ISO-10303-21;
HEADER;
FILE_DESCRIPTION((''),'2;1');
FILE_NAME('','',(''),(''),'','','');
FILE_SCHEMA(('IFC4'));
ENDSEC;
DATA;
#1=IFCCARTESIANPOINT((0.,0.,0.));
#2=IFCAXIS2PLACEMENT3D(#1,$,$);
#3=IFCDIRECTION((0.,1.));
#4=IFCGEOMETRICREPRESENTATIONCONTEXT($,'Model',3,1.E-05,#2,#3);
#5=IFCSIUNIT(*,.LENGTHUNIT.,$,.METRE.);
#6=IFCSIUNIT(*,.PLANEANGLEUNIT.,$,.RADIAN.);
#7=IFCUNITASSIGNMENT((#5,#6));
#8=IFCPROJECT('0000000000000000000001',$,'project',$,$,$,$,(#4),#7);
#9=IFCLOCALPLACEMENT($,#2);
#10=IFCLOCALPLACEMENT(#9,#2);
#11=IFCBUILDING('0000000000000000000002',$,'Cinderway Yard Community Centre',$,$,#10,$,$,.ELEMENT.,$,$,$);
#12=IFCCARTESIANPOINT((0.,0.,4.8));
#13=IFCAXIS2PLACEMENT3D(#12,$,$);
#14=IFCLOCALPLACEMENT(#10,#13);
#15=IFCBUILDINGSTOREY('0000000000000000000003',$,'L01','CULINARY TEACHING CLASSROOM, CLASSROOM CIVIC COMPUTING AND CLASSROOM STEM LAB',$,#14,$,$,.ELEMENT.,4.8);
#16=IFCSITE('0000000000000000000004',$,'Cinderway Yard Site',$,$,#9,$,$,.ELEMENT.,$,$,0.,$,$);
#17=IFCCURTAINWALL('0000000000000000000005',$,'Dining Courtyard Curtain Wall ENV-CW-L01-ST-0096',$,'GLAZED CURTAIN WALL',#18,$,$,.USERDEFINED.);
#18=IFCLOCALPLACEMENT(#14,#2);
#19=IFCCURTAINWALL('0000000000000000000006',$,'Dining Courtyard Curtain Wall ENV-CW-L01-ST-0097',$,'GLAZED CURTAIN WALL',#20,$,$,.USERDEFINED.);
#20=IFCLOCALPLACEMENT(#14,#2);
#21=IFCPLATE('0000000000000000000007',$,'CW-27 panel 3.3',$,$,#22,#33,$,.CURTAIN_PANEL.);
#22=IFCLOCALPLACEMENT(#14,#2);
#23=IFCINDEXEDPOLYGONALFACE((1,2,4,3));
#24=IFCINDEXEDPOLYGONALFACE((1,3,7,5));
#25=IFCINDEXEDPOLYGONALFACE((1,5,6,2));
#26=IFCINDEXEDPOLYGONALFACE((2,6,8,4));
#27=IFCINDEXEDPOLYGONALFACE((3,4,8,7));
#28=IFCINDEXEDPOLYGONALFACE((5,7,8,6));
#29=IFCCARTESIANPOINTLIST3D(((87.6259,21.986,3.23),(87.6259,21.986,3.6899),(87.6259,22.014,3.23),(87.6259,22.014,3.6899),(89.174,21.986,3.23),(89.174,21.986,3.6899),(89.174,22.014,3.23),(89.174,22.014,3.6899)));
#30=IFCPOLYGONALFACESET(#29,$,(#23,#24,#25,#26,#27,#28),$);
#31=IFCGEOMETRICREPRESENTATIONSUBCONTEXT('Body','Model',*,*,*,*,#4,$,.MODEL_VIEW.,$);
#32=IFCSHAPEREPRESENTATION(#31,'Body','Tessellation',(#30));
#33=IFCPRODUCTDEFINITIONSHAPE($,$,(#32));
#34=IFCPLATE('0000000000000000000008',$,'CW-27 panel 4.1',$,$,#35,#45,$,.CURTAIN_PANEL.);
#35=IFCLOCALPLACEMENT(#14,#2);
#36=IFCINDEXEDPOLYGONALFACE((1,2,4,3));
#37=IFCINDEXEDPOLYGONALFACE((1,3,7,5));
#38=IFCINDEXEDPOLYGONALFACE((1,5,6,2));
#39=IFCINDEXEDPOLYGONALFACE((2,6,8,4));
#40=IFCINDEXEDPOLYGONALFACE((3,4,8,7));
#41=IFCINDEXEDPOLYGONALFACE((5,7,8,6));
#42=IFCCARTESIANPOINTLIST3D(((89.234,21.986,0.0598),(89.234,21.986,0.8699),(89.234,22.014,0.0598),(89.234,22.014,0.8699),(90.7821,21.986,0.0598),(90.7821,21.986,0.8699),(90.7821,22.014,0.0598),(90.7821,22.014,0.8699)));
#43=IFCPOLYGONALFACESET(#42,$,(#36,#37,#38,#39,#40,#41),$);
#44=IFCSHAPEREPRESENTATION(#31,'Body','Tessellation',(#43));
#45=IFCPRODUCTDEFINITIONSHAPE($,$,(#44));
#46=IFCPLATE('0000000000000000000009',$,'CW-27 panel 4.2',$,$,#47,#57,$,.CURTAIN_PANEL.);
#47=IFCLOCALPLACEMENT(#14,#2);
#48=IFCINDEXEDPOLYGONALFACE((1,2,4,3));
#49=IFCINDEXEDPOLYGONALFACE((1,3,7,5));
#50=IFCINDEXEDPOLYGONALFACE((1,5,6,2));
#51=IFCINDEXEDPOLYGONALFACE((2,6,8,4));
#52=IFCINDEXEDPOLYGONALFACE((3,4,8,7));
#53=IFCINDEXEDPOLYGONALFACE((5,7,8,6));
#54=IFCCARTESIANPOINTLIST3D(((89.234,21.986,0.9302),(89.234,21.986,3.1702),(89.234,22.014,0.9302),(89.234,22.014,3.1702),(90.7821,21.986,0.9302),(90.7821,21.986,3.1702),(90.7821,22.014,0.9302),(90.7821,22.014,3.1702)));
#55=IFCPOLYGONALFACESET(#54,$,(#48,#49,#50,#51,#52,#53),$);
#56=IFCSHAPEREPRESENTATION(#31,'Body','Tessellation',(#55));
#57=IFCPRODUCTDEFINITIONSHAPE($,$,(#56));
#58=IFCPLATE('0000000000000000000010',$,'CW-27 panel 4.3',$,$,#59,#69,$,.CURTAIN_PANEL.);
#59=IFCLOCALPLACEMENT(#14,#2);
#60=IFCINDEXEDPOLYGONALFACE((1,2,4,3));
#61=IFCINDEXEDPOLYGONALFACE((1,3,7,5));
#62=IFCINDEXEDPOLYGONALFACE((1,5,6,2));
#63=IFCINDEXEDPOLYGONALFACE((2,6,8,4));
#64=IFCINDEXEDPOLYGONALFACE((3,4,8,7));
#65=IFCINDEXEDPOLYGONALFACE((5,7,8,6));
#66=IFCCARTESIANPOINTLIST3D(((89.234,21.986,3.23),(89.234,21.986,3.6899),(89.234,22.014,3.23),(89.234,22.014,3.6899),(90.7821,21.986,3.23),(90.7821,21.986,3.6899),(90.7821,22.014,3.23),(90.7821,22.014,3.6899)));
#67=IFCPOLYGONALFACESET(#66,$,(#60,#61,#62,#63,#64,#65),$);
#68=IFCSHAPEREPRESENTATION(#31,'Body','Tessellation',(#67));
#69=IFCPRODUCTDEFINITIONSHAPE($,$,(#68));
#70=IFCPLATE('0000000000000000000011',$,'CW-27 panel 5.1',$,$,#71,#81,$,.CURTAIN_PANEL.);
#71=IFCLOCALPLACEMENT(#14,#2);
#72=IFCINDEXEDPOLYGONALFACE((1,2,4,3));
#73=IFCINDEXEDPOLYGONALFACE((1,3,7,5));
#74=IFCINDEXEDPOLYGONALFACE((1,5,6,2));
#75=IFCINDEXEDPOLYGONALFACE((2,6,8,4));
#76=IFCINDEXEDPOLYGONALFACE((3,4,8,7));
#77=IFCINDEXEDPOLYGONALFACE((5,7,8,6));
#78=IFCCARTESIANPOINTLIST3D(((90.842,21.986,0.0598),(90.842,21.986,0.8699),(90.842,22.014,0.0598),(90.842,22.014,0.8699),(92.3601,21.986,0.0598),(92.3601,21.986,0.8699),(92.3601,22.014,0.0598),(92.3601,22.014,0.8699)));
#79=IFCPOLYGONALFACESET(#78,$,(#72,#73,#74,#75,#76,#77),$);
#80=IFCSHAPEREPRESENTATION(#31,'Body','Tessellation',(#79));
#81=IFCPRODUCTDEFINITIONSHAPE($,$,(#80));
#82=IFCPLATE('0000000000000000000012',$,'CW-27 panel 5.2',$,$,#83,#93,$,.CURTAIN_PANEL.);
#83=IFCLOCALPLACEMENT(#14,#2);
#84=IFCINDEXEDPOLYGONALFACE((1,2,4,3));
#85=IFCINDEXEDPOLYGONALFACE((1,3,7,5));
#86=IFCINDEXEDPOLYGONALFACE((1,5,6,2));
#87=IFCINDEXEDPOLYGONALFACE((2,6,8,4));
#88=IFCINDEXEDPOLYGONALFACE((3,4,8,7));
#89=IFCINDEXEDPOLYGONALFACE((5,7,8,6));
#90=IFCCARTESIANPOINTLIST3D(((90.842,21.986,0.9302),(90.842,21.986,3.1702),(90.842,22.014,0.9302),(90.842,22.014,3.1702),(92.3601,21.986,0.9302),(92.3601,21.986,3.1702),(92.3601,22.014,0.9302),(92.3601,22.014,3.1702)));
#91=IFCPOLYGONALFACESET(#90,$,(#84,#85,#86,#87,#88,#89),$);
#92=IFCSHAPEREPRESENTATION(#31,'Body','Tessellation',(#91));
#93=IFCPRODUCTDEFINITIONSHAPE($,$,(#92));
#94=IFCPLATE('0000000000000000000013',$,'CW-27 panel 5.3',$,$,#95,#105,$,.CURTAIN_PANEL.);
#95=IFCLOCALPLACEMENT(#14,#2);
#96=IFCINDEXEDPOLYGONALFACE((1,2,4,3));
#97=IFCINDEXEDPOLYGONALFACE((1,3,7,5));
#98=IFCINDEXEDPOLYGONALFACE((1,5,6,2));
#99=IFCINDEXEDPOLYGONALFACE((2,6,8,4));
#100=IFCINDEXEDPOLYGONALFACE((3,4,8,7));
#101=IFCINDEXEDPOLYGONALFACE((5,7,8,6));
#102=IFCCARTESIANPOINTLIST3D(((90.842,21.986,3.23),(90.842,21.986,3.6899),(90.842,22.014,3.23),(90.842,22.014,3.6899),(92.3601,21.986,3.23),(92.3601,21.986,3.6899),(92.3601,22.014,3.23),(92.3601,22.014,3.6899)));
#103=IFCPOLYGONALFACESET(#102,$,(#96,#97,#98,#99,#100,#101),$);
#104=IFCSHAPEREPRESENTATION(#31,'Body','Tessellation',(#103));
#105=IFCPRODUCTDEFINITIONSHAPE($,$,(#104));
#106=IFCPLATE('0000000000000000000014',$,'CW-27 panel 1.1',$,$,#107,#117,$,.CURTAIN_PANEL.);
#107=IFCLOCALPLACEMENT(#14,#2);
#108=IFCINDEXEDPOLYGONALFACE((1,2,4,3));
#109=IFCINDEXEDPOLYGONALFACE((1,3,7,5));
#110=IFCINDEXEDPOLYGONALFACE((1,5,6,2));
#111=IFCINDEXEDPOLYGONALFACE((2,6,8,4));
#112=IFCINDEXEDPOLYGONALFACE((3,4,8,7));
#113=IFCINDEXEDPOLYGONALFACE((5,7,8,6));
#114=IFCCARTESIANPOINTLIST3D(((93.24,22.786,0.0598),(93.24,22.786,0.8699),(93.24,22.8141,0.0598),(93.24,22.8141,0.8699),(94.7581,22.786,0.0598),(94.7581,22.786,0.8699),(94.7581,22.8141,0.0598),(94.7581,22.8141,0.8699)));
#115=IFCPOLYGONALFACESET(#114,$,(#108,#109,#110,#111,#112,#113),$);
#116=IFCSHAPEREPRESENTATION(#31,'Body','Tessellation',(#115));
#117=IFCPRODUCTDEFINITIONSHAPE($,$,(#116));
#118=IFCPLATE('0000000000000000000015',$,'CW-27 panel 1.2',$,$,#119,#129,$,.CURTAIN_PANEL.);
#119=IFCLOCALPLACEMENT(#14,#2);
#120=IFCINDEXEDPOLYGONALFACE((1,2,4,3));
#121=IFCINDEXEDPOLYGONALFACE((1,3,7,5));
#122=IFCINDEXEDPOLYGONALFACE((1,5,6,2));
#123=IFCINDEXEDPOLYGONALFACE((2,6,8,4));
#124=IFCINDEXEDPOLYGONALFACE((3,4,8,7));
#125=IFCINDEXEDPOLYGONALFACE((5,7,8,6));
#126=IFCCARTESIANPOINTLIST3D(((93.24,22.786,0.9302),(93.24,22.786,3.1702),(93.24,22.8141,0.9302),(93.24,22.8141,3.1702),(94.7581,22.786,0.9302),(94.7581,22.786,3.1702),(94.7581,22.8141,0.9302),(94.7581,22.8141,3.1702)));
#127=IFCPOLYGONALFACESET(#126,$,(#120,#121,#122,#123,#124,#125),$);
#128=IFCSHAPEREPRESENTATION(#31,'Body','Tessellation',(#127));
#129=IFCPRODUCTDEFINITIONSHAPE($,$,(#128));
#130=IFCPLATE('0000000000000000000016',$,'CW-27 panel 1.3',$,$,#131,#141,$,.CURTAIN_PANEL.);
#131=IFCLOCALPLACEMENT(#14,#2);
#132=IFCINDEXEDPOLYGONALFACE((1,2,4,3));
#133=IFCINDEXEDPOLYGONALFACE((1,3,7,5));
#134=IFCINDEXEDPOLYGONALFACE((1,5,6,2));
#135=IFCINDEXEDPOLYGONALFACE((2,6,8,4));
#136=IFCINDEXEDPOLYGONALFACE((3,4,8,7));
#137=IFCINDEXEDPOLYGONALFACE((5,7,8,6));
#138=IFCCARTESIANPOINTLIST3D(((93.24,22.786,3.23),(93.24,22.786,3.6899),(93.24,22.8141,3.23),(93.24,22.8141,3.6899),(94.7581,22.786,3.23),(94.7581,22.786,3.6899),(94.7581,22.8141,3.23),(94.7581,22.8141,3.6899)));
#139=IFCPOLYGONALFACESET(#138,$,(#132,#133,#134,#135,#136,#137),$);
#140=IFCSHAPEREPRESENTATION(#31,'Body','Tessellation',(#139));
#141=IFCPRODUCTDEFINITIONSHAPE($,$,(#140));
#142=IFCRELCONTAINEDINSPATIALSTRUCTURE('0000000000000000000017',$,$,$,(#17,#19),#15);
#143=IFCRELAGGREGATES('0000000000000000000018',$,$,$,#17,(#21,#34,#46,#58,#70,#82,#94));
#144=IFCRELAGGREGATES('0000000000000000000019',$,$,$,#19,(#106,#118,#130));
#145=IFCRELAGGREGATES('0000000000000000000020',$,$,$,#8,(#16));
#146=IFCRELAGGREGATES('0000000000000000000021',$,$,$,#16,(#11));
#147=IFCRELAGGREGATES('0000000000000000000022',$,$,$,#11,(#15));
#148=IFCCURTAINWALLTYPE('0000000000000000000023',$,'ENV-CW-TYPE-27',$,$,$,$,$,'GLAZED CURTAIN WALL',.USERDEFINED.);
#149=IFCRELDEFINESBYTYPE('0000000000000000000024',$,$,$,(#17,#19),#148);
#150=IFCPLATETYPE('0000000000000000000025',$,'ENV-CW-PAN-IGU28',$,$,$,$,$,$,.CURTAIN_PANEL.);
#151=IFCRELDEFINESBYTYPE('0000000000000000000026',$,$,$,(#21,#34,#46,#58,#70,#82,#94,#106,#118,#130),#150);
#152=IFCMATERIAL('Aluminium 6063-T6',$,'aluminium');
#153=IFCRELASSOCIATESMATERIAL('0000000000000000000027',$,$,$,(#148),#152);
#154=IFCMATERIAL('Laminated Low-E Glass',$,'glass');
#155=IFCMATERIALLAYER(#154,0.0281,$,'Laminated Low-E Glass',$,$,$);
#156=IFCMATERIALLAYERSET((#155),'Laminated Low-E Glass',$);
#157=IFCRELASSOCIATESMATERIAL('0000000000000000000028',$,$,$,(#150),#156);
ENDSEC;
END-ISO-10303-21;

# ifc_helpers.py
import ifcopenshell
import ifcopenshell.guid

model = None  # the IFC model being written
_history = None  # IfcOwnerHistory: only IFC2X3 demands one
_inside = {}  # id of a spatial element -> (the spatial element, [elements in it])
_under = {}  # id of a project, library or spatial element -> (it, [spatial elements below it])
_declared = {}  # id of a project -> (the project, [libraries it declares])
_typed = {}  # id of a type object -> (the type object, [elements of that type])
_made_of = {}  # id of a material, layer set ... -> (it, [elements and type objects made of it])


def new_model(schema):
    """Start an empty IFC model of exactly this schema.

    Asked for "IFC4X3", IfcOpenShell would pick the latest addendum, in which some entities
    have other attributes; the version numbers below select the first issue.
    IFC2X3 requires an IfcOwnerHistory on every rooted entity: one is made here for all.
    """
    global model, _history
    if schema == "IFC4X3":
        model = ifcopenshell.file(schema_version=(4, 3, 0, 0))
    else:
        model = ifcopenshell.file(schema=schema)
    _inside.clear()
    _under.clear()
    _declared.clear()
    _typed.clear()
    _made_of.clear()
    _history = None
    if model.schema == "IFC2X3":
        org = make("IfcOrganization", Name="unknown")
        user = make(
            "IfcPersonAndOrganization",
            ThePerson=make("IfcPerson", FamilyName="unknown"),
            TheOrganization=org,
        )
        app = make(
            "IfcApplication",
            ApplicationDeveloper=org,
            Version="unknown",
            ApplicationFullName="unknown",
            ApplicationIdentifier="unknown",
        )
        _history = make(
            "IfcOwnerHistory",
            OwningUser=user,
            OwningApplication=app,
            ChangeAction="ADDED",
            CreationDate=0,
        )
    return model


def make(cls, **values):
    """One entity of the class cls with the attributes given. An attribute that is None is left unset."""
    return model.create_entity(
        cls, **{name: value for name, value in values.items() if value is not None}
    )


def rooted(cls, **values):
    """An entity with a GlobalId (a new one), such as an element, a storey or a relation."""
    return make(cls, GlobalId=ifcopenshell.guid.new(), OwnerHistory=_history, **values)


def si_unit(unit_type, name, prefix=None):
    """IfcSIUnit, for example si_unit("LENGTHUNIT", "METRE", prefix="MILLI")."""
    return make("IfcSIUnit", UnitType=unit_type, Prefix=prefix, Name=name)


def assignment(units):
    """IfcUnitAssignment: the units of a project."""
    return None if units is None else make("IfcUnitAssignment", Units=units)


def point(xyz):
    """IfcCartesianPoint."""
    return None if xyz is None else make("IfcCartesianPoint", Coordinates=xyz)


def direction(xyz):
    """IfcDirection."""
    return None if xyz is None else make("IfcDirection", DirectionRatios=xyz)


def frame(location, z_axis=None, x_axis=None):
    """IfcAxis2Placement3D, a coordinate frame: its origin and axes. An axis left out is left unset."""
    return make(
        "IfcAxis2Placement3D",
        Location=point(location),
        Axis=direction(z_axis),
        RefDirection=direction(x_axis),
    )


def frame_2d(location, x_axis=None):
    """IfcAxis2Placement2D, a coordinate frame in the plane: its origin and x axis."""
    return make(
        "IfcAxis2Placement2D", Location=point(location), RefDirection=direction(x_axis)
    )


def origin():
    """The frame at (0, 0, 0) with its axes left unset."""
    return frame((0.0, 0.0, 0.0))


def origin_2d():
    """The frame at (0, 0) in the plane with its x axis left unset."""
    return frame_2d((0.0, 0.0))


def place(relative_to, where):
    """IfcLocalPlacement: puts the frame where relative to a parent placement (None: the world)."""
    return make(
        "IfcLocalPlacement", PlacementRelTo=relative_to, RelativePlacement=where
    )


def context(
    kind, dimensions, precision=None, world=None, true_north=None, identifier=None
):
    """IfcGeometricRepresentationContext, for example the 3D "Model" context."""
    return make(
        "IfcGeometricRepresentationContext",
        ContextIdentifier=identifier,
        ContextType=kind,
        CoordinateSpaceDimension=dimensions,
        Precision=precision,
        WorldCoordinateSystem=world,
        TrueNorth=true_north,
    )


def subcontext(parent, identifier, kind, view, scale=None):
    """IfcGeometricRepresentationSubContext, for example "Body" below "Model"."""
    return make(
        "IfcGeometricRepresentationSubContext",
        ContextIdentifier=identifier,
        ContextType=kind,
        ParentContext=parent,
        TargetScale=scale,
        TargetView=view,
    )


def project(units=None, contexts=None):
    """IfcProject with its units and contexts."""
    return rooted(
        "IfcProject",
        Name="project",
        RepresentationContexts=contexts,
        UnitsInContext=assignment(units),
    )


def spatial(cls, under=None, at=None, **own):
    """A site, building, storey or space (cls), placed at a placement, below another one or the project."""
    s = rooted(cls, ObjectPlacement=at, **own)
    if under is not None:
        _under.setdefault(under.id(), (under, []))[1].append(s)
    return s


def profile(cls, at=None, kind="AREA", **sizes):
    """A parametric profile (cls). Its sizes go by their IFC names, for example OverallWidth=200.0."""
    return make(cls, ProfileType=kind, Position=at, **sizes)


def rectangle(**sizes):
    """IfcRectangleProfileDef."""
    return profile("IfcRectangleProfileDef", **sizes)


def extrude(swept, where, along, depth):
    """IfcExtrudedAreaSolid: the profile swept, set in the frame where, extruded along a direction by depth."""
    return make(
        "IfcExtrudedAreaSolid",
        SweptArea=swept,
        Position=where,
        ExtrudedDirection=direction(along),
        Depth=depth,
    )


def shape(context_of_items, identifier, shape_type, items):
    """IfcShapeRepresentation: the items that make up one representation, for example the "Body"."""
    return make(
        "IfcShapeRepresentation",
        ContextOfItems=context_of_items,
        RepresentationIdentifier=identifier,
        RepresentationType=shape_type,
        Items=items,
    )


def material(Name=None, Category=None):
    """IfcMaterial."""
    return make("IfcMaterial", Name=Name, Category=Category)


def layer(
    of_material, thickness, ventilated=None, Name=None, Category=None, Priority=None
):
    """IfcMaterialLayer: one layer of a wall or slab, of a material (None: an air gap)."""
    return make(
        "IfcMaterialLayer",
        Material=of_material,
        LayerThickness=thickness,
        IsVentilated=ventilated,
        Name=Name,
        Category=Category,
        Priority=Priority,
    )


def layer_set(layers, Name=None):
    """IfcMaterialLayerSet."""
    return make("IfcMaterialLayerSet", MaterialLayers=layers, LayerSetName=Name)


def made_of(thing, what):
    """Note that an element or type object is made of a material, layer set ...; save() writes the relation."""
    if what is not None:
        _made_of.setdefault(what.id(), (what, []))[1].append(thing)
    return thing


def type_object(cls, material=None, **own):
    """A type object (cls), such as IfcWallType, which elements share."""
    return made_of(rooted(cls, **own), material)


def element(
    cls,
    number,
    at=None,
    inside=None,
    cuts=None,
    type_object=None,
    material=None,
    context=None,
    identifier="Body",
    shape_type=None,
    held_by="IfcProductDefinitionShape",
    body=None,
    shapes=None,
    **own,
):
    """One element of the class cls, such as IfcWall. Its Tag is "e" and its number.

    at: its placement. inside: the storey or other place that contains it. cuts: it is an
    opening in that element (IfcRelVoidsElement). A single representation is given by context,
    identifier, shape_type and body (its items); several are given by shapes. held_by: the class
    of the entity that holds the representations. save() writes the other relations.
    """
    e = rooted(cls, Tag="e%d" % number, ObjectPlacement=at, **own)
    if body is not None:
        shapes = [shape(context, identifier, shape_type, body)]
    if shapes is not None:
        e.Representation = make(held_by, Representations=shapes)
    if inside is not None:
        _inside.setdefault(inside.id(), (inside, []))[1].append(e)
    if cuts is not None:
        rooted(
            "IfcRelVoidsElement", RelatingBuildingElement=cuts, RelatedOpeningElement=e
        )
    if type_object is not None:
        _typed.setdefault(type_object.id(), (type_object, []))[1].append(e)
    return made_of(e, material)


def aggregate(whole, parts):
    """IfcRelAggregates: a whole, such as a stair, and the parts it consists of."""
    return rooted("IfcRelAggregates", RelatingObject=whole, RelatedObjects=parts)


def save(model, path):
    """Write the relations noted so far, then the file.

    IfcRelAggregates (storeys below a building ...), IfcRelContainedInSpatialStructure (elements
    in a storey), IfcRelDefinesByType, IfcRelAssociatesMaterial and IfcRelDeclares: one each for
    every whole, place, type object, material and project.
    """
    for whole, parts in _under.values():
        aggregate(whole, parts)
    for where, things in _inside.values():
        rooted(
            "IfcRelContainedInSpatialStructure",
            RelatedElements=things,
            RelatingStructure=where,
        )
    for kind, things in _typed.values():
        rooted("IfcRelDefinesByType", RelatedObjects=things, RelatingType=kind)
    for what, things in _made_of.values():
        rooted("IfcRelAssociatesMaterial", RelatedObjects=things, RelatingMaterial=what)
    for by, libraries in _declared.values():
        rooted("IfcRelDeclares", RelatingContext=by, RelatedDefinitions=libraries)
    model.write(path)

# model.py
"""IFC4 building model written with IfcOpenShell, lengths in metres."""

from ifc_helpers import new_model, si_unit, direction, frame, origin, origin_2d, place, context, subcontext, project, spatial, rectangle, extrude, material, layer, layer_set, type_object, element, aggregate, save


model = new_model("IFC4")

# Units and contexts
model_context = context("Model", 3, precision=1e-05, world=origin(), true_north=direction((0.0, 1.0)))
body_context = subcontext(model_context, "Body", "Model", "MODEL_VIEW")
ifc_project = project(units=[si_unit("LENGTHUNIT", "METRE"), si_unit("PLANEANGLEUNIT", "RADIAN")], contexts=[model_context])

# Site, building, storey
site_placement = place(None, origin())
site = spatial("IfcSite", under=ifc_project, at=site_placement, Name="Cinderway Yard Site", CompositionType="ELEMENT", RefElevation=0.0)
building_placement = place(site_placement, origin())
building = spatial("IfcBuilding", under=site, at=building_placement, Name="Cinderway Yard Community Centre", CompositionType="ELEMENT")
storey_placement = place(building_placement, frame((0.0, 0.0, 4.8)))
storey = spatial("IfcBuildingStorey", under=building, at=storey_placement, Name="L01", Description="CULINARY TEACHING CLASSROOM, CLASSROOM CIVIC COMPUTING AND CLASSROOM STEM LAB", CompositionType="ELEMENT", Elevation=4.8)

# Curtain wall
ifc_material_1 = material(Name="Aluminium 6063-T6", Category="aluminium")
curtain_wall_type = type_object("IfcCurtainWallType", Name="ENV-CW-TYPE-27", ElementType="GLAZED CURTAIN WALL", PredefinedType="USERDEFINED", material=ifc_material_1)
curtain_wall_1_placement = place(storey_placement, origin())
curtain_wall_1 = element("IfcCurtainWall", 1, at=curtain_wall_1_placement, inside=storey, type_object=curtain_wall_type, Name="Dining Courtyard Curtain Wall ENV-CW-L01-ST-0096", ObjectType="GLAZED CURTAIN WALL", PredefinedType="USERDEFINED")

# Curtain wall
curtain_wall_2_placement = place(storey_placement, origin())
curtain_wall_2 = element("IfcCurtainWall", 2, at=curtain_wall_2_placement, inside=storey, type_object=curtain_wall_type, Name="Dining Courtyard Curtain Wall ENV-CW-L01-ST-0097", ObjectType="GLAZED CURTAIN WALL", PredefinedType="USERDEFINED")

# Plates
ifc_material_2 = material(Name="Laminated Low-E Glass", Category="glass")
ifc_layer = layer(ifc_material_2, 0.0281, Name="Laminated Low-E Glass")
ifc_layer_set = layer_set([ifc_layer], Name="Laminated Low-E Glass")
plate_type = type_object("IfcPlateType", Name="ENV-CW-PAN-IGU28", PredefinedType="CURTAIN_PANEL", material=ifc_layer_set)
plate_1_placement = place(storey_placement, frame((88.3999, 22.0, 3.23), z_axis=(0.0, 0.0, 1.0), x_axis=(1.0, 0.0, 0.0)))
plate_1 = element("IfcPlate", 3, at=plate_1_placement, type_object=plate_type, Name="CW-27 panel 3.3", PredefinedType="CURTAIN_PANEL", context=body_context, shape_type="SweptSolid", body=[
    extrude(rectangle(XDim=1.5481, YDim=0.0281, at=origin_2d()), origin(), (0.0, 0.0, 1.0), 0.46),
])
plate_2_placement = place(storey_placement, frame((90.0081, 22.0, 0.0598), z_axis=(0.0, 0.0, 1.0), x_axis=(1.0, 0.0, 0.0)))
plate_2 = element("IfcPlate", 4, at=plate_2_placement, type_object=plate_type, Name="CW-27 panel 4.1", PredefinedType="CURTAIN_PANEL", context=body_context, shape_type="SweptSolid", body=[
    extrude(rectangle(XDim=1.5481, YDim=0.0281, at=origin_2d()), origin(), (0.0, 0.0, 1.0), 0.8101),
])
plate_3_placement = place(storey_placement, frame((90.0081, 22.0, 0.9302), z_axis=(0.0, 0.0, 1.0), x_axis=(1.0, 0.0, 0.0)))
plate_3 = element("IfcPlate", 5, at=plate_3_placement, type_object=plate_type, Name="CW-27 panel 4.2", PredefinedType="CURTAIN_PANEL", context=body_context, shape_type="SweptSolid", body=[
    extrude(rectangle(XDim=1.5481, YDim=0.0281, at=origin_2d()), origin(), (0.0, 0.0, 1.0), 2.24),
])
plate_4_placement = place(storey_placement, frame((90.0081, 22.0, 3.23), z_axis=(0.0, 0.0, 1.0), x_axis=(1.0, 0.0, 0.0)))
plate_4 = element("IfcPlate", 6, at=plate_4_placement, type_object=plate_type, Name="CW-27 panel 4.3", PredefinedType="CURTAIN_PANEL", context=body_context, shape_type="SweptSolid", body=[
    extrude(rectangle(XDim=1.5481, YDim=0.0281, at=origin_2d()), origin(), (0.0, 0.0, 1.0), 0.46),
])
plate_5_placement = place(storey_placement, frame((91.6011, 22.0, 0.0598), z_axis=(0.0, 0.0, 1.0), x_axis=(1.0, 0.0, 0.0)))
plate_5 = element("IfcPlate", 7, at=plate_5_placement, type_object=plate_type, Name="CW-27 panel 5.1", PredefinedType="CURTAIN_PANEL", context=body_context, shape_type="SweptSolid", body=[
    extrude(rectangle(XDim=1.5181, YDim=0.0281, at=origin_2d()), origin(), (0.0, 0.0, 1.0), 0.8101),
])
plate_6_placement = place(storey_placement, frame((91.6011, 22.0, 0.9302), z_axis=(0.0, 0.0, 1.0), x_axis=(1.0, 0.0, 0.0)))
plate_6 = element("IfcPlate", 8, at=plate_6_placement, type_object=plate_type, Name="CW-27 panel 5.2", PredefinedType="CURTAIN_PANEL", context=body_context, shape_type="SweptSolid", body=[
    extrude(rectangle(XDim=1.5181, YDim=0.0281, at=origin_2d()), origin(), (0.0, 0.0, 1.0), 2.24),
])
plate_7_placement = place(storey_placement, frame((91.6011, 22.0, 3.23), z_axis=(0.0, 0.0, 1.0), x_axis=(1.0, 0.0, 0.0)))
plate_7 = element("IfcPlate", 9, at=plate_7_placement, type_object=plate_type, Name="CW-27 panel 5.3", PredefinedType="CURTAIN_PANEL", context=body_context, shape_type="SweptSolid", body=[
    extrude(rectangle(XDim=1.5181, YDim=0.0281, at=origin_2d()), origin(), (0.0, 0.0, 1.0), 0.46),
])
aggregate(curtain_wall_1, [plate_1, plate_2, plate_3, plate_4, plate_5, plate_6, plate_7])
plate_8_placement = place(storey_placement, frame((93.999, 22.8, 0.0598), z_axis=(0.0, 0.0, 1.0), x_axis=(1.0, 0.0, 0.0)))
plate_8 = element("IfcPlate", 10, at=plate_8_placement, type_object=plate_type, Name="CW-27 panel 1.1", PredefinedType="CURTAIN_PANEL", context=body_context, shape_type="SweptSolid", body=[
    extrude(rectangle(XDim=1.5181, YDim=0.0281, at=origin_2d()), origin(), (0.0, 0.0, 1.0), 0.8101),
])
plate_9_placement = place(storey_placement, frame((93.999, 22.8, 0.9302), z_axis=(0.0, 0.0, 1.0), x_axis=(1.0, 0.0, 0.0)))
plate_9 = element("IfcPlate", 11, at=plate_9_placement, type_object=plate_type, Name="CW-27 panel 1.2", PredefinedType="CURTAIN_PANEL", context=body_context, shape_type="SweptSolid", body=[
    extrude(rectangle(XDim=1.5181, YDim=0.0281, at=origin_2d()), origin(), (0.0, 0.0, 1.0), 2.24),
])
plate_10_placement = place(storey_placement, frame((93.999, 22.8, 3.23), z_axis=(0.0, 0.0, 1.0), x_axis=(1.0, 0.0, 0.0)))
plate_10 = element("IfcPlate", 12, at=plate_10_placement, type_object=plate_type, Name="CW-27 panel 1.3", PredefinedType="CURTAIN_PANEL", context=body_context, shape_type="SweptSolid", body=[
    extrude(rectangle(XDim=1.5181, YDim=0.0281, at=origin_2d()), origin(), (0.0, 0.0, 1.0), 0.46),
])
aggregate(curtain_wall_2, [plate_8, plate_9, plate_10])

save(model, "model.ifc")
